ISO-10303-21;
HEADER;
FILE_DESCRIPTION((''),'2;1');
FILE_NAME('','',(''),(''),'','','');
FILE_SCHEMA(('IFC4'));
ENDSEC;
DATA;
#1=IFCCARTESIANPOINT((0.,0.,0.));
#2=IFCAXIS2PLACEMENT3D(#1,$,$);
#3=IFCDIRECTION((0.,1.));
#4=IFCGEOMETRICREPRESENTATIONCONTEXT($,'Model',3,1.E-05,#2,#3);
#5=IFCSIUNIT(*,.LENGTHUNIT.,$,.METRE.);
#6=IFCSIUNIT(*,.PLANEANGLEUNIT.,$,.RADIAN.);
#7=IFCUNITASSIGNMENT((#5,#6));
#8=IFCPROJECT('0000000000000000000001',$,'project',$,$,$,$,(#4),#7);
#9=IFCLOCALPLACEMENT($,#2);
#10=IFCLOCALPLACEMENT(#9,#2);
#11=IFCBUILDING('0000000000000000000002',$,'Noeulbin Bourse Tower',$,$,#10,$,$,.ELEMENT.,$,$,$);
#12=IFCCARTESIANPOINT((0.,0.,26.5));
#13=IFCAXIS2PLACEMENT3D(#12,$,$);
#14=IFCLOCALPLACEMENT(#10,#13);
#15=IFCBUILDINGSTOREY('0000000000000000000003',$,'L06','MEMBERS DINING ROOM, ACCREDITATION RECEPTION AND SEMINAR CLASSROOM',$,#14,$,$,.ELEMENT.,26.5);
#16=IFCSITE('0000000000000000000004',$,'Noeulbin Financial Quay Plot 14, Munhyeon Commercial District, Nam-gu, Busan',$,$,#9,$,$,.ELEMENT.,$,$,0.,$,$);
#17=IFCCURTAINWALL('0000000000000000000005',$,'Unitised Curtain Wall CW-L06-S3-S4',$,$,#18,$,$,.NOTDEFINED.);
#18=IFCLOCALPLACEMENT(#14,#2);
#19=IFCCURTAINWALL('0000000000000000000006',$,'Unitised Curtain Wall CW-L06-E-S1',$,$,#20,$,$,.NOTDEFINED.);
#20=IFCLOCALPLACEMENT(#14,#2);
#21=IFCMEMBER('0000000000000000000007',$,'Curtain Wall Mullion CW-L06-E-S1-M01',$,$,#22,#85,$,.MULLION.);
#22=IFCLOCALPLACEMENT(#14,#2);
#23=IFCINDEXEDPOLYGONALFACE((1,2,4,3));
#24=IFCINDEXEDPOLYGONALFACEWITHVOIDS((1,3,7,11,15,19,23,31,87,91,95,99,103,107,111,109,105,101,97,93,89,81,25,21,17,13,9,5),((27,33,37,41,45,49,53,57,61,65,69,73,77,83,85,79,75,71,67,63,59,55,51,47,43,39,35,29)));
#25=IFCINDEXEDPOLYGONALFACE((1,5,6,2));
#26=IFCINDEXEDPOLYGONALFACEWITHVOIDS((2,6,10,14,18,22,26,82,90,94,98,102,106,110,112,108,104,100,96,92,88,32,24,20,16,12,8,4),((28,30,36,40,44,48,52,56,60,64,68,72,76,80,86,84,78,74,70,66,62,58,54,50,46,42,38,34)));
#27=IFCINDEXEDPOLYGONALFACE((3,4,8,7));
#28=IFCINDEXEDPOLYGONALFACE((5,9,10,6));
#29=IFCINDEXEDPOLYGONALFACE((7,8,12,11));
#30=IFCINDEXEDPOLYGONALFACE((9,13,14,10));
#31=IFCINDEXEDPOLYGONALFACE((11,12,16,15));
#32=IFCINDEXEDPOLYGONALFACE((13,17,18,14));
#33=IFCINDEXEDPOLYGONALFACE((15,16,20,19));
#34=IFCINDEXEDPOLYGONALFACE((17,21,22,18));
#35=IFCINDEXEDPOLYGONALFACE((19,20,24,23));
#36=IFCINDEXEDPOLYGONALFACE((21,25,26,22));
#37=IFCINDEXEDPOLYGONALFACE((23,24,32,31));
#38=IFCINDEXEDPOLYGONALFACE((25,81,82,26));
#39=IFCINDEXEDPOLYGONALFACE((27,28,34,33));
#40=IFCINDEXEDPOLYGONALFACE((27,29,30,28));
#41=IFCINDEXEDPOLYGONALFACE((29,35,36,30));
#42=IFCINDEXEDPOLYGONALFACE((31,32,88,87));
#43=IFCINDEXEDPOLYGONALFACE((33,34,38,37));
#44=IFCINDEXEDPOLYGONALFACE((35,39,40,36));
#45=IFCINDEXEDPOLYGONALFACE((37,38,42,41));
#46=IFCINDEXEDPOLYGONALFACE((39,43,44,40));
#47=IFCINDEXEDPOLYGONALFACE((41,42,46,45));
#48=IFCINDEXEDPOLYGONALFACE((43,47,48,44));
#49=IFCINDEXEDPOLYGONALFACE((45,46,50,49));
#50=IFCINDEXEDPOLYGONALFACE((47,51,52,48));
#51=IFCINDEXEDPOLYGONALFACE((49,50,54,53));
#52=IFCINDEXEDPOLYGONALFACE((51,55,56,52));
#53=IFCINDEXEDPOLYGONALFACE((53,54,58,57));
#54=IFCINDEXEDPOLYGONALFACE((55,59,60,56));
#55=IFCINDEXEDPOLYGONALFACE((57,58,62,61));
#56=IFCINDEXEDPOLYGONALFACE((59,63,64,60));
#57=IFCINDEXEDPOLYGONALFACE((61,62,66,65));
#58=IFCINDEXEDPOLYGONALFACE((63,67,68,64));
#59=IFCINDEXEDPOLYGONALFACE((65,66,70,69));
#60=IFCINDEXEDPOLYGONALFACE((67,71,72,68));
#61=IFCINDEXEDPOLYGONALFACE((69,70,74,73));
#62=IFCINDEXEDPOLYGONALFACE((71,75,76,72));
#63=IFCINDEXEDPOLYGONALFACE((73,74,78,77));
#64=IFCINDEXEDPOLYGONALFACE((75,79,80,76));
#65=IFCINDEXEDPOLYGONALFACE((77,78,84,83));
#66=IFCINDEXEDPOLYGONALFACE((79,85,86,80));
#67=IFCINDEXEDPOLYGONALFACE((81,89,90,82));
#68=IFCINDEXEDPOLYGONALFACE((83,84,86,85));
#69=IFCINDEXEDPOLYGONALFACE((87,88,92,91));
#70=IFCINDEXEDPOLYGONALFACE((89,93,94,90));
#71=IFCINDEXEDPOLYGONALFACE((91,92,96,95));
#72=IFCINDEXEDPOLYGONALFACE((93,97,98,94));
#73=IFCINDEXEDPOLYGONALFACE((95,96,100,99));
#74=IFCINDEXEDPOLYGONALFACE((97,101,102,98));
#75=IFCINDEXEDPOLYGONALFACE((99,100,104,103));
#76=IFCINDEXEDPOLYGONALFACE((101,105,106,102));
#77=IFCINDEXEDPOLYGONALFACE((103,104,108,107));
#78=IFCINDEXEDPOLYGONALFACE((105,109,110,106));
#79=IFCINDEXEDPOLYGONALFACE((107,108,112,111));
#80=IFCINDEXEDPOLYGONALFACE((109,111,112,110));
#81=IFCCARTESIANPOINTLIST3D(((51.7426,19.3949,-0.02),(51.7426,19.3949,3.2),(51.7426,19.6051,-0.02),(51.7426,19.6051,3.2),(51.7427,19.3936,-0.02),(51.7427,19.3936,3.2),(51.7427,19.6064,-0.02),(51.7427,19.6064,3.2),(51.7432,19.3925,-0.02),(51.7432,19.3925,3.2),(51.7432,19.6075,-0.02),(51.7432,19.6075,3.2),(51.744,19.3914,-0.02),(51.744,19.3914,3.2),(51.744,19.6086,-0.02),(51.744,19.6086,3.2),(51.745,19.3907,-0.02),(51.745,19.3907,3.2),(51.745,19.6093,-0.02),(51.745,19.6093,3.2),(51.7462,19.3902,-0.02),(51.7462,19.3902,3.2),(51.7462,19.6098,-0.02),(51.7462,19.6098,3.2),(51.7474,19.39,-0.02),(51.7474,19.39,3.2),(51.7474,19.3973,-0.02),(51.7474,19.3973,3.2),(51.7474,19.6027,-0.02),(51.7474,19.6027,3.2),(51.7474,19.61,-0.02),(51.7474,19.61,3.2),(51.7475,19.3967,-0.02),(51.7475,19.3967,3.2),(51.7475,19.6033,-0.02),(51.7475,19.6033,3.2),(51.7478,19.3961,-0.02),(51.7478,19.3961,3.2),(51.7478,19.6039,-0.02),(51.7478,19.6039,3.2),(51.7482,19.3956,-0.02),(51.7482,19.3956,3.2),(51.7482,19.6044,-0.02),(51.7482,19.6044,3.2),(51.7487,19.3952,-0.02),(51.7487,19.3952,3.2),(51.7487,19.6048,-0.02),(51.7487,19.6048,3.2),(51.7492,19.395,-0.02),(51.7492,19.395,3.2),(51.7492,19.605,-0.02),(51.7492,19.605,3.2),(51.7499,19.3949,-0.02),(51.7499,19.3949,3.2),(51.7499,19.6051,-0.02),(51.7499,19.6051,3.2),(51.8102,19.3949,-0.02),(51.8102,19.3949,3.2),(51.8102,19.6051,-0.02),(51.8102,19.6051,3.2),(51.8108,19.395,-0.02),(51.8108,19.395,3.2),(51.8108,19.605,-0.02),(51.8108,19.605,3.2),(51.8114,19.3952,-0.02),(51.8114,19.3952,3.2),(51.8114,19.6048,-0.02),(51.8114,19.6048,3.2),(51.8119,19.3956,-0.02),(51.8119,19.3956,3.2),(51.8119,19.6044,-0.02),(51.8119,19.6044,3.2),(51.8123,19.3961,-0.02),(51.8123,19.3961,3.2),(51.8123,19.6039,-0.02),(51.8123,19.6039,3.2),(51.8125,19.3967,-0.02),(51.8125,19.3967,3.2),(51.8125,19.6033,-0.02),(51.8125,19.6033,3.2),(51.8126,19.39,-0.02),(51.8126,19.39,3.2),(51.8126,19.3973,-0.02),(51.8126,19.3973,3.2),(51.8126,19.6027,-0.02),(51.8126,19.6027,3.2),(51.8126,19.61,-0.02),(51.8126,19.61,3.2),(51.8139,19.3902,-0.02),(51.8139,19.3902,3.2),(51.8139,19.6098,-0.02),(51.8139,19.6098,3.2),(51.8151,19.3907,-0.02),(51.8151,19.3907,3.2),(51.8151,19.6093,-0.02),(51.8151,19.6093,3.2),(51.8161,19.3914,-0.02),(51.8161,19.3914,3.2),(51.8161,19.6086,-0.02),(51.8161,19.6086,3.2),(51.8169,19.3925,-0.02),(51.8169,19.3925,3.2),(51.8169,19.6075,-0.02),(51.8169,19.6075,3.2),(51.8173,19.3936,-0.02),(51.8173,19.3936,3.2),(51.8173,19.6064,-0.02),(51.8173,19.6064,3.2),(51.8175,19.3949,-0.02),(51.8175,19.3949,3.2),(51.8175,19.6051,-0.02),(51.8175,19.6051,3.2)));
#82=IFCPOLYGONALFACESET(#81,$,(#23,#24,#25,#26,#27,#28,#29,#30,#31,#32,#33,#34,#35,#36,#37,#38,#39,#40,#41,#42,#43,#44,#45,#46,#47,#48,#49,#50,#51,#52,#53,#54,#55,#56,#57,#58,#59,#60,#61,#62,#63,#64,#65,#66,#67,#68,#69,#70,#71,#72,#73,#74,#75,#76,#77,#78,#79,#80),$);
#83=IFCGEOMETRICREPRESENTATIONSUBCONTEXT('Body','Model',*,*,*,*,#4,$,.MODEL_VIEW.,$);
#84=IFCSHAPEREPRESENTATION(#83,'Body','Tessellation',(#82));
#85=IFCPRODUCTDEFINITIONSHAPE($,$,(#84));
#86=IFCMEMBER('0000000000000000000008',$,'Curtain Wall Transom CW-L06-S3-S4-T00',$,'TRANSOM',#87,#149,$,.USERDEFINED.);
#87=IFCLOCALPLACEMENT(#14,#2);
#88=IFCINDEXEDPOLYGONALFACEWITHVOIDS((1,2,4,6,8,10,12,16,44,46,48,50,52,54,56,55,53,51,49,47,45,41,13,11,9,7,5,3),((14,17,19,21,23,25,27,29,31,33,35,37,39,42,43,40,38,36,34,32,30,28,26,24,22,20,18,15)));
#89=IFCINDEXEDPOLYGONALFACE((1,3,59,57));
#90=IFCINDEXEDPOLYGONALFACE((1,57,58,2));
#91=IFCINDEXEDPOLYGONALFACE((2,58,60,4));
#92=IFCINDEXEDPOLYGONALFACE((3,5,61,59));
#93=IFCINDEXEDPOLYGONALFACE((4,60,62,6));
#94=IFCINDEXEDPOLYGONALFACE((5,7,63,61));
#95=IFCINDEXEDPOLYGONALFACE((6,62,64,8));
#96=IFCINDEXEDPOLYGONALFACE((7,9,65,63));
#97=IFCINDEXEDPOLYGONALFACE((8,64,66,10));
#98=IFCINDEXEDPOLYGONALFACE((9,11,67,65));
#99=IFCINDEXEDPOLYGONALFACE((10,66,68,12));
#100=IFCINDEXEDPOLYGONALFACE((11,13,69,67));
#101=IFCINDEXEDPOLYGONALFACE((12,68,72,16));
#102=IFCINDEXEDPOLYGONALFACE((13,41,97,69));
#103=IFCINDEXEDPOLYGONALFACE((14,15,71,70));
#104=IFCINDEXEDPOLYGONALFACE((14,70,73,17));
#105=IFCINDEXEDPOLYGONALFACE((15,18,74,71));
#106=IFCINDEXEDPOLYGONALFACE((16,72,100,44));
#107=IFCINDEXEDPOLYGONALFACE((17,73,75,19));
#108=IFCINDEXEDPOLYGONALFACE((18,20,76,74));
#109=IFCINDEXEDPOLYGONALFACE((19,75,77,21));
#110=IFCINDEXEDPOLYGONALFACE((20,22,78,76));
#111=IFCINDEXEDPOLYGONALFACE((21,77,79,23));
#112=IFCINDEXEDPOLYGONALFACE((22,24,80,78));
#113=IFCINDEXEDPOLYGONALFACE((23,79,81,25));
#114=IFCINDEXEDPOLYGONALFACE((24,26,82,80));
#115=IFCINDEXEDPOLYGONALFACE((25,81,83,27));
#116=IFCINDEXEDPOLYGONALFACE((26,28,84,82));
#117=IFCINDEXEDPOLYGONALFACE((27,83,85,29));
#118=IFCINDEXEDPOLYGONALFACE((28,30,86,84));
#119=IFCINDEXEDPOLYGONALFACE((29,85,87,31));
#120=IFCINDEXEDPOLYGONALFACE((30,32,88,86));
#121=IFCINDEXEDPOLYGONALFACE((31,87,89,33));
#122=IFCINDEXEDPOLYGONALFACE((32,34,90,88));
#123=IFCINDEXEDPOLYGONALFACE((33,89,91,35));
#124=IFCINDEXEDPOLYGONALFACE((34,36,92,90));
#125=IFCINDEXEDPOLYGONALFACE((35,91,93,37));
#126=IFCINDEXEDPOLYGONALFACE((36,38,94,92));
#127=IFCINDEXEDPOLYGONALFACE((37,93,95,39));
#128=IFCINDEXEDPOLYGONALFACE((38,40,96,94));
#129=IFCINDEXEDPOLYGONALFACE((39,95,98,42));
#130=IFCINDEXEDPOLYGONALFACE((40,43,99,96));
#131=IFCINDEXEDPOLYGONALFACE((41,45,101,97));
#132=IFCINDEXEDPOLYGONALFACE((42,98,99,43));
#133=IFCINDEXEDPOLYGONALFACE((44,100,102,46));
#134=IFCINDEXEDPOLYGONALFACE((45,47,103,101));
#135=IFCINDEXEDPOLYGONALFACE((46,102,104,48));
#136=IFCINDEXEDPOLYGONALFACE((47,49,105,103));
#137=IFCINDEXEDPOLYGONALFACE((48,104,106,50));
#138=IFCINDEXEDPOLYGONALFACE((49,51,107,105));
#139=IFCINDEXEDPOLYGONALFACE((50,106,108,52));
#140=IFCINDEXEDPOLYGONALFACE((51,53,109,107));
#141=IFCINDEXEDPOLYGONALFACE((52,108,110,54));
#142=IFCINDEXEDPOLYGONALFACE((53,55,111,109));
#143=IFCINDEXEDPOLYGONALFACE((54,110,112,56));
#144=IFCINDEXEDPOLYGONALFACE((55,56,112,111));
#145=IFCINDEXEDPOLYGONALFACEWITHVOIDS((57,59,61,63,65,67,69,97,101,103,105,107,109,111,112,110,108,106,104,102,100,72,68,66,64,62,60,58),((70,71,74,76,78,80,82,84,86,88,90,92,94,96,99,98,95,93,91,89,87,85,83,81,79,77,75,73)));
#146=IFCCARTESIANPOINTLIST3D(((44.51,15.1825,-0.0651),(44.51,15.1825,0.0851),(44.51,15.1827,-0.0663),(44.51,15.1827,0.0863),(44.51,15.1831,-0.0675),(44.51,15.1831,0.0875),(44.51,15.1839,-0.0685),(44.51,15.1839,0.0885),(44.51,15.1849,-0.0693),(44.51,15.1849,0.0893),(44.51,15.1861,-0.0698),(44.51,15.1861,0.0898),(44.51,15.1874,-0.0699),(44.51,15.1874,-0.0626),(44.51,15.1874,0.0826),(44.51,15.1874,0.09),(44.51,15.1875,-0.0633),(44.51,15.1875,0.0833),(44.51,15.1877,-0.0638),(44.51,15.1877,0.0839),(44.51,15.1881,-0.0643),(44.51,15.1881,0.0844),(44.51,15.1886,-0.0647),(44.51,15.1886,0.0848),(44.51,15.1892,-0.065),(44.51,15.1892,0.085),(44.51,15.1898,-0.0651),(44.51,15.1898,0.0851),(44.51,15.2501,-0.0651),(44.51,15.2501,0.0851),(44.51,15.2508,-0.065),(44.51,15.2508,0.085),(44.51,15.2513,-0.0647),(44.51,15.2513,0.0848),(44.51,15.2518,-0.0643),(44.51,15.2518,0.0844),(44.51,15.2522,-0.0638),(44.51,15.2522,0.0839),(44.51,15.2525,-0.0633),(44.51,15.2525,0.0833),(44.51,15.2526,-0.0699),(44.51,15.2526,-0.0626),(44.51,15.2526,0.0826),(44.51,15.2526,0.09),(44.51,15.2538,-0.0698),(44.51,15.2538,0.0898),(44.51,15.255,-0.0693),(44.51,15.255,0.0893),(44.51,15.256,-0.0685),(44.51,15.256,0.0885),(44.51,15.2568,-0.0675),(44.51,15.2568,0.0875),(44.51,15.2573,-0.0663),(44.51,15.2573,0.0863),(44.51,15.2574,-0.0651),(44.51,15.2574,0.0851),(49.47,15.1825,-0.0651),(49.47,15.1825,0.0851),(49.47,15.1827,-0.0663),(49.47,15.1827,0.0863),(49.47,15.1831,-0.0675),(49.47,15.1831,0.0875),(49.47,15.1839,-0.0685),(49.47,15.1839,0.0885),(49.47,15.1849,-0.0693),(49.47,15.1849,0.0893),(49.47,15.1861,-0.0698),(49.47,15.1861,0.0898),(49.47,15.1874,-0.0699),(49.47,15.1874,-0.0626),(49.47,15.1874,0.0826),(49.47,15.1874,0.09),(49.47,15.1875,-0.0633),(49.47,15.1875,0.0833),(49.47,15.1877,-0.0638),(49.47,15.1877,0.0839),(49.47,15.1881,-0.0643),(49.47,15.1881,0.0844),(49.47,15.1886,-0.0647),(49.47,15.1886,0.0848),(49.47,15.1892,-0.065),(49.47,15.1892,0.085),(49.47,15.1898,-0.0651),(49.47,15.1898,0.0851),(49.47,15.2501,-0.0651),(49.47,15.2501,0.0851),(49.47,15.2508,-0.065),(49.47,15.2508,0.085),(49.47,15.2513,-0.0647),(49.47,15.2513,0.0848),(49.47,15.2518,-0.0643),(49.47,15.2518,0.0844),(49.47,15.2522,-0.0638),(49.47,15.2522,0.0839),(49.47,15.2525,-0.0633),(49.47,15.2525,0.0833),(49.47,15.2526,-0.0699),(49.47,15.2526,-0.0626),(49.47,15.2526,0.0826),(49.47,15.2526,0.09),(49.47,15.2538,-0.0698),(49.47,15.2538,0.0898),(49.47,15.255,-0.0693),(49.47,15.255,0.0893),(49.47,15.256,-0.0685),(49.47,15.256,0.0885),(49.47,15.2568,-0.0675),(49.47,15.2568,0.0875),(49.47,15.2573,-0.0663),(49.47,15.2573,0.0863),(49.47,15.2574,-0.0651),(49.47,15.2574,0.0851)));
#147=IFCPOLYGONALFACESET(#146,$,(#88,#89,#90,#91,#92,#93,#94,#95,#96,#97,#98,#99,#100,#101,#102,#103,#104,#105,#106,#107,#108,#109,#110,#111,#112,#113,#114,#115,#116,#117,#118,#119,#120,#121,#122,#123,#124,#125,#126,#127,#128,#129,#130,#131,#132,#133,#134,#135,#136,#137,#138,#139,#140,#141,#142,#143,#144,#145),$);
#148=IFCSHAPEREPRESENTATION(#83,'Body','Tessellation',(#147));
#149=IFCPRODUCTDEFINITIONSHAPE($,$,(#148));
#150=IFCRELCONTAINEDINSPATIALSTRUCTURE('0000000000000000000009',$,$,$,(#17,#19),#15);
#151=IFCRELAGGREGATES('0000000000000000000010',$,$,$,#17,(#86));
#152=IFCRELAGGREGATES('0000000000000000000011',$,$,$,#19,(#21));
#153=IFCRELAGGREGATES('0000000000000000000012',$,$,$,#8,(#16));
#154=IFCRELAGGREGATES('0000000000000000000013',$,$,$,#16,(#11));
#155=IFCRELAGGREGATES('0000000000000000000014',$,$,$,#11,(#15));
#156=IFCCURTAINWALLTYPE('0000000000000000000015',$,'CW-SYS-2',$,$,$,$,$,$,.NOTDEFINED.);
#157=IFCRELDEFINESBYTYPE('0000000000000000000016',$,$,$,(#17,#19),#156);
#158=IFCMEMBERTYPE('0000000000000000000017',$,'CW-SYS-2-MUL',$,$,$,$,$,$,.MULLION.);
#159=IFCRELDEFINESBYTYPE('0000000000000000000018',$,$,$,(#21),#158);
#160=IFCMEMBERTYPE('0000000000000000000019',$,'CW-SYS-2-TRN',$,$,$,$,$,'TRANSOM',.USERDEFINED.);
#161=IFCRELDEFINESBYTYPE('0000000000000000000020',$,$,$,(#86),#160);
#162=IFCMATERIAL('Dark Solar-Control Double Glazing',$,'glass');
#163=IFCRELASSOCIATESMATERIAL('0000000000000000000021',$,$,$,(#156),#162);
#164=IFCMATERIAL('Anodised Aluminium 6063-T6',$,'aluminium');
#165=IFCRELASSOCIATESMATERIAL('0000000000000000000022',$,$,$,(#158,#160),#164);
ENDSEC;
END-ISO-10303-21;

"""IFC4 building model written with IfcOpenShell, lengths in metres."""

from ifc_helpers import new_model, si_unit, direction, frame, origin, origin_2d, place, context, subcontext, project, spatial, hollow_rectangle, extrude, material, material_profile, profile_set, type_object, element, aggregate, save


model = new_model("IFC4")

# Units and contexts
model_context = context("Model", 3, precision=1e-05, world=origin(), true_north=direction((0.0, 1.0)))
body_context = subcontext(model_context, "Body", "Model", "MODEL_VIEW")
ifc_project = project(units=[si_unit("LENGTHUNIT", "METRE"), si_unit("PLANEANGLEUNIT", "RADIAN")], contexts=[model_context])

# Site, building, storey
site_placement = place(None, origin())
site = spatial("IfcSite", under=ifc_project, at=site_placement, Name="Noeulbin Financial Quay Plot 14, Munhyeon Commercial District, Nam-gu, Busan", CompositionType="ELEMENT", RefElevation=0.0)
building_placement = place(site_placement, origin())
building = spatial("IfcBuilding", under=site, at=building_placement, Name="Noeulbin Bourse Tower", CompositionType="ELEMENT")
storey_placement = place(building_placement, frame((0.0, 0.0, 26.5)))
storey = spatial("IfcBuildingStorey", under=building, at=storey_placement, Name="L06", Description="MEMBERS DINING ROOM, ACCREDITATION RECEPTION AND SEMINAR CLASSROOM", CompositionType="ELEMENT", Elevation=26.5)

# Shared definitions
ifc_material_1 = material(Name="Dark Solar-Control Double Glazing", Category="glass")
curtain_wall_type = type_object("IfcCurtainWallType", Name="CW-SYS-2", PredefinedType="NOTDEFINED", material=ifc_material_1)
ifc_material_2 = material(Name="Anodised Aluminium 6063-T6", Category="aluminium")
ifc_material_profile_1 = material_profile(ifc_material_2, hollow_rectangle(XDim=0.075, YDim=0.22, WallThickness=0.0049, InnerFilletRadius=0.0024, OuterFilletRadius=0.0049, at=origin_2d()), Name="ALU-MULL-75x220x5", Category="LoadBearing")
ifc_profile_set_1 = profile_set([ifc_material_profile_1], Name="Anodised Aluminium 6063-T6")
member_type_1 = type_object("IfcMemberType", Name="CW-SYS-2-MUL", PredefinedType="MULLION", material=ifc_profile_set_1)

# Curtain walls, member
curtain_wall_1_placement = place(storey_placement, origin())
curtain_wall_1 = element("IfcCurtainWall", 1, at=curtain_wall_1_placement, inside=storey, type_object=curtain_wall_type, Name="Unitised Curtain Wall CW-L06-S3-S4", PredefinedType="NOTDEFINED")
curtain_wall_2_placement = place(storey_placement, origin())
curtain_wall_2 = element("IfcCurtainWall", 2, at=curtain_wall_2_placement, inside=storey, type_object=curtain_wall_type, Name="Unitised Curtain Wall CW-L06-E-S1", PredefinedType="NOTDEFINED")
member_1_placement = place(storey_placement, frame((51.78, 19.5, -0.02), z_axis=(0.0, 0.0, 1.0), x_axis=(1.0, 0.0, 0.0)))
member_1 = element("IfcMember", 3, at=member_1_placement, type_object=member_type_1, Name="Curtain Wall Mullion CW-L06-E-S1-M01", PredefinedType="MULLION", context=body_context, shape_type="SweptSolid", body=[
    extrude(hollow_rectangle(XDim=0.075, YDim=0.22, WallThickness=0.0049, InnerFilletRadius=0.0024, OuterFilletRadius=0.0049, at=origin_2d()), origin(), (0.0, 0.0, 1.0), 3.22),
])

# Member
ifc_material_profile_2 = material_profile(ifc_material_2, hollow_rectangle(XDim=0.075, YDim=0.1599, WallThickness=0.0049, InnerFilletRadius=0.0024, OuterFilletRadius=0.0049, at=origin_2d()), Name="ALU-TRAN-75x160x5", Category="LoadBearing")
ifc_profile_set_2 = profile_set([ifc_material_profile_2], Name="Anodised Aluminium 6063-T6")
member_type_2 = type_object("IfcMemberType", Name="CW-SYS-2-TRN", ElementType="TRANSOM", PredefinedType="USERDEFINED", material=ifc_profile_set_2)
member_2_placement = place(storey_placement, frame((44.51, 15.22, 0.01), z_axis=(1.0, 0.0, 0.0), x_axis=(0.0, 1.0, 0.0)))
member_2 = element("IfcMember", 4, at=member_2_placement, type_object=member_type_2, Name="Curtain Wall Transom CW-L06-S3-S4-T00", ObjectType="TRANSOM", PredefinedType="USERDEFINED", context=body_context, shape_type="SweptSolid", body=[
    extrude(hollow_rectangle(XDim=0.075, YDim=0.1599, WallThickness=0.0049, InnerFilletRadius=0.0024, OuterFilletRadius=0.0049, at=origin_2d()), origin(), (0.0, 0.0, 1.0), 4.96),
])

aggregate(curtain_wall_1, [member_2])
aggregate(curtain_wall_2, [member_1])

save(model, "model.ifc")
